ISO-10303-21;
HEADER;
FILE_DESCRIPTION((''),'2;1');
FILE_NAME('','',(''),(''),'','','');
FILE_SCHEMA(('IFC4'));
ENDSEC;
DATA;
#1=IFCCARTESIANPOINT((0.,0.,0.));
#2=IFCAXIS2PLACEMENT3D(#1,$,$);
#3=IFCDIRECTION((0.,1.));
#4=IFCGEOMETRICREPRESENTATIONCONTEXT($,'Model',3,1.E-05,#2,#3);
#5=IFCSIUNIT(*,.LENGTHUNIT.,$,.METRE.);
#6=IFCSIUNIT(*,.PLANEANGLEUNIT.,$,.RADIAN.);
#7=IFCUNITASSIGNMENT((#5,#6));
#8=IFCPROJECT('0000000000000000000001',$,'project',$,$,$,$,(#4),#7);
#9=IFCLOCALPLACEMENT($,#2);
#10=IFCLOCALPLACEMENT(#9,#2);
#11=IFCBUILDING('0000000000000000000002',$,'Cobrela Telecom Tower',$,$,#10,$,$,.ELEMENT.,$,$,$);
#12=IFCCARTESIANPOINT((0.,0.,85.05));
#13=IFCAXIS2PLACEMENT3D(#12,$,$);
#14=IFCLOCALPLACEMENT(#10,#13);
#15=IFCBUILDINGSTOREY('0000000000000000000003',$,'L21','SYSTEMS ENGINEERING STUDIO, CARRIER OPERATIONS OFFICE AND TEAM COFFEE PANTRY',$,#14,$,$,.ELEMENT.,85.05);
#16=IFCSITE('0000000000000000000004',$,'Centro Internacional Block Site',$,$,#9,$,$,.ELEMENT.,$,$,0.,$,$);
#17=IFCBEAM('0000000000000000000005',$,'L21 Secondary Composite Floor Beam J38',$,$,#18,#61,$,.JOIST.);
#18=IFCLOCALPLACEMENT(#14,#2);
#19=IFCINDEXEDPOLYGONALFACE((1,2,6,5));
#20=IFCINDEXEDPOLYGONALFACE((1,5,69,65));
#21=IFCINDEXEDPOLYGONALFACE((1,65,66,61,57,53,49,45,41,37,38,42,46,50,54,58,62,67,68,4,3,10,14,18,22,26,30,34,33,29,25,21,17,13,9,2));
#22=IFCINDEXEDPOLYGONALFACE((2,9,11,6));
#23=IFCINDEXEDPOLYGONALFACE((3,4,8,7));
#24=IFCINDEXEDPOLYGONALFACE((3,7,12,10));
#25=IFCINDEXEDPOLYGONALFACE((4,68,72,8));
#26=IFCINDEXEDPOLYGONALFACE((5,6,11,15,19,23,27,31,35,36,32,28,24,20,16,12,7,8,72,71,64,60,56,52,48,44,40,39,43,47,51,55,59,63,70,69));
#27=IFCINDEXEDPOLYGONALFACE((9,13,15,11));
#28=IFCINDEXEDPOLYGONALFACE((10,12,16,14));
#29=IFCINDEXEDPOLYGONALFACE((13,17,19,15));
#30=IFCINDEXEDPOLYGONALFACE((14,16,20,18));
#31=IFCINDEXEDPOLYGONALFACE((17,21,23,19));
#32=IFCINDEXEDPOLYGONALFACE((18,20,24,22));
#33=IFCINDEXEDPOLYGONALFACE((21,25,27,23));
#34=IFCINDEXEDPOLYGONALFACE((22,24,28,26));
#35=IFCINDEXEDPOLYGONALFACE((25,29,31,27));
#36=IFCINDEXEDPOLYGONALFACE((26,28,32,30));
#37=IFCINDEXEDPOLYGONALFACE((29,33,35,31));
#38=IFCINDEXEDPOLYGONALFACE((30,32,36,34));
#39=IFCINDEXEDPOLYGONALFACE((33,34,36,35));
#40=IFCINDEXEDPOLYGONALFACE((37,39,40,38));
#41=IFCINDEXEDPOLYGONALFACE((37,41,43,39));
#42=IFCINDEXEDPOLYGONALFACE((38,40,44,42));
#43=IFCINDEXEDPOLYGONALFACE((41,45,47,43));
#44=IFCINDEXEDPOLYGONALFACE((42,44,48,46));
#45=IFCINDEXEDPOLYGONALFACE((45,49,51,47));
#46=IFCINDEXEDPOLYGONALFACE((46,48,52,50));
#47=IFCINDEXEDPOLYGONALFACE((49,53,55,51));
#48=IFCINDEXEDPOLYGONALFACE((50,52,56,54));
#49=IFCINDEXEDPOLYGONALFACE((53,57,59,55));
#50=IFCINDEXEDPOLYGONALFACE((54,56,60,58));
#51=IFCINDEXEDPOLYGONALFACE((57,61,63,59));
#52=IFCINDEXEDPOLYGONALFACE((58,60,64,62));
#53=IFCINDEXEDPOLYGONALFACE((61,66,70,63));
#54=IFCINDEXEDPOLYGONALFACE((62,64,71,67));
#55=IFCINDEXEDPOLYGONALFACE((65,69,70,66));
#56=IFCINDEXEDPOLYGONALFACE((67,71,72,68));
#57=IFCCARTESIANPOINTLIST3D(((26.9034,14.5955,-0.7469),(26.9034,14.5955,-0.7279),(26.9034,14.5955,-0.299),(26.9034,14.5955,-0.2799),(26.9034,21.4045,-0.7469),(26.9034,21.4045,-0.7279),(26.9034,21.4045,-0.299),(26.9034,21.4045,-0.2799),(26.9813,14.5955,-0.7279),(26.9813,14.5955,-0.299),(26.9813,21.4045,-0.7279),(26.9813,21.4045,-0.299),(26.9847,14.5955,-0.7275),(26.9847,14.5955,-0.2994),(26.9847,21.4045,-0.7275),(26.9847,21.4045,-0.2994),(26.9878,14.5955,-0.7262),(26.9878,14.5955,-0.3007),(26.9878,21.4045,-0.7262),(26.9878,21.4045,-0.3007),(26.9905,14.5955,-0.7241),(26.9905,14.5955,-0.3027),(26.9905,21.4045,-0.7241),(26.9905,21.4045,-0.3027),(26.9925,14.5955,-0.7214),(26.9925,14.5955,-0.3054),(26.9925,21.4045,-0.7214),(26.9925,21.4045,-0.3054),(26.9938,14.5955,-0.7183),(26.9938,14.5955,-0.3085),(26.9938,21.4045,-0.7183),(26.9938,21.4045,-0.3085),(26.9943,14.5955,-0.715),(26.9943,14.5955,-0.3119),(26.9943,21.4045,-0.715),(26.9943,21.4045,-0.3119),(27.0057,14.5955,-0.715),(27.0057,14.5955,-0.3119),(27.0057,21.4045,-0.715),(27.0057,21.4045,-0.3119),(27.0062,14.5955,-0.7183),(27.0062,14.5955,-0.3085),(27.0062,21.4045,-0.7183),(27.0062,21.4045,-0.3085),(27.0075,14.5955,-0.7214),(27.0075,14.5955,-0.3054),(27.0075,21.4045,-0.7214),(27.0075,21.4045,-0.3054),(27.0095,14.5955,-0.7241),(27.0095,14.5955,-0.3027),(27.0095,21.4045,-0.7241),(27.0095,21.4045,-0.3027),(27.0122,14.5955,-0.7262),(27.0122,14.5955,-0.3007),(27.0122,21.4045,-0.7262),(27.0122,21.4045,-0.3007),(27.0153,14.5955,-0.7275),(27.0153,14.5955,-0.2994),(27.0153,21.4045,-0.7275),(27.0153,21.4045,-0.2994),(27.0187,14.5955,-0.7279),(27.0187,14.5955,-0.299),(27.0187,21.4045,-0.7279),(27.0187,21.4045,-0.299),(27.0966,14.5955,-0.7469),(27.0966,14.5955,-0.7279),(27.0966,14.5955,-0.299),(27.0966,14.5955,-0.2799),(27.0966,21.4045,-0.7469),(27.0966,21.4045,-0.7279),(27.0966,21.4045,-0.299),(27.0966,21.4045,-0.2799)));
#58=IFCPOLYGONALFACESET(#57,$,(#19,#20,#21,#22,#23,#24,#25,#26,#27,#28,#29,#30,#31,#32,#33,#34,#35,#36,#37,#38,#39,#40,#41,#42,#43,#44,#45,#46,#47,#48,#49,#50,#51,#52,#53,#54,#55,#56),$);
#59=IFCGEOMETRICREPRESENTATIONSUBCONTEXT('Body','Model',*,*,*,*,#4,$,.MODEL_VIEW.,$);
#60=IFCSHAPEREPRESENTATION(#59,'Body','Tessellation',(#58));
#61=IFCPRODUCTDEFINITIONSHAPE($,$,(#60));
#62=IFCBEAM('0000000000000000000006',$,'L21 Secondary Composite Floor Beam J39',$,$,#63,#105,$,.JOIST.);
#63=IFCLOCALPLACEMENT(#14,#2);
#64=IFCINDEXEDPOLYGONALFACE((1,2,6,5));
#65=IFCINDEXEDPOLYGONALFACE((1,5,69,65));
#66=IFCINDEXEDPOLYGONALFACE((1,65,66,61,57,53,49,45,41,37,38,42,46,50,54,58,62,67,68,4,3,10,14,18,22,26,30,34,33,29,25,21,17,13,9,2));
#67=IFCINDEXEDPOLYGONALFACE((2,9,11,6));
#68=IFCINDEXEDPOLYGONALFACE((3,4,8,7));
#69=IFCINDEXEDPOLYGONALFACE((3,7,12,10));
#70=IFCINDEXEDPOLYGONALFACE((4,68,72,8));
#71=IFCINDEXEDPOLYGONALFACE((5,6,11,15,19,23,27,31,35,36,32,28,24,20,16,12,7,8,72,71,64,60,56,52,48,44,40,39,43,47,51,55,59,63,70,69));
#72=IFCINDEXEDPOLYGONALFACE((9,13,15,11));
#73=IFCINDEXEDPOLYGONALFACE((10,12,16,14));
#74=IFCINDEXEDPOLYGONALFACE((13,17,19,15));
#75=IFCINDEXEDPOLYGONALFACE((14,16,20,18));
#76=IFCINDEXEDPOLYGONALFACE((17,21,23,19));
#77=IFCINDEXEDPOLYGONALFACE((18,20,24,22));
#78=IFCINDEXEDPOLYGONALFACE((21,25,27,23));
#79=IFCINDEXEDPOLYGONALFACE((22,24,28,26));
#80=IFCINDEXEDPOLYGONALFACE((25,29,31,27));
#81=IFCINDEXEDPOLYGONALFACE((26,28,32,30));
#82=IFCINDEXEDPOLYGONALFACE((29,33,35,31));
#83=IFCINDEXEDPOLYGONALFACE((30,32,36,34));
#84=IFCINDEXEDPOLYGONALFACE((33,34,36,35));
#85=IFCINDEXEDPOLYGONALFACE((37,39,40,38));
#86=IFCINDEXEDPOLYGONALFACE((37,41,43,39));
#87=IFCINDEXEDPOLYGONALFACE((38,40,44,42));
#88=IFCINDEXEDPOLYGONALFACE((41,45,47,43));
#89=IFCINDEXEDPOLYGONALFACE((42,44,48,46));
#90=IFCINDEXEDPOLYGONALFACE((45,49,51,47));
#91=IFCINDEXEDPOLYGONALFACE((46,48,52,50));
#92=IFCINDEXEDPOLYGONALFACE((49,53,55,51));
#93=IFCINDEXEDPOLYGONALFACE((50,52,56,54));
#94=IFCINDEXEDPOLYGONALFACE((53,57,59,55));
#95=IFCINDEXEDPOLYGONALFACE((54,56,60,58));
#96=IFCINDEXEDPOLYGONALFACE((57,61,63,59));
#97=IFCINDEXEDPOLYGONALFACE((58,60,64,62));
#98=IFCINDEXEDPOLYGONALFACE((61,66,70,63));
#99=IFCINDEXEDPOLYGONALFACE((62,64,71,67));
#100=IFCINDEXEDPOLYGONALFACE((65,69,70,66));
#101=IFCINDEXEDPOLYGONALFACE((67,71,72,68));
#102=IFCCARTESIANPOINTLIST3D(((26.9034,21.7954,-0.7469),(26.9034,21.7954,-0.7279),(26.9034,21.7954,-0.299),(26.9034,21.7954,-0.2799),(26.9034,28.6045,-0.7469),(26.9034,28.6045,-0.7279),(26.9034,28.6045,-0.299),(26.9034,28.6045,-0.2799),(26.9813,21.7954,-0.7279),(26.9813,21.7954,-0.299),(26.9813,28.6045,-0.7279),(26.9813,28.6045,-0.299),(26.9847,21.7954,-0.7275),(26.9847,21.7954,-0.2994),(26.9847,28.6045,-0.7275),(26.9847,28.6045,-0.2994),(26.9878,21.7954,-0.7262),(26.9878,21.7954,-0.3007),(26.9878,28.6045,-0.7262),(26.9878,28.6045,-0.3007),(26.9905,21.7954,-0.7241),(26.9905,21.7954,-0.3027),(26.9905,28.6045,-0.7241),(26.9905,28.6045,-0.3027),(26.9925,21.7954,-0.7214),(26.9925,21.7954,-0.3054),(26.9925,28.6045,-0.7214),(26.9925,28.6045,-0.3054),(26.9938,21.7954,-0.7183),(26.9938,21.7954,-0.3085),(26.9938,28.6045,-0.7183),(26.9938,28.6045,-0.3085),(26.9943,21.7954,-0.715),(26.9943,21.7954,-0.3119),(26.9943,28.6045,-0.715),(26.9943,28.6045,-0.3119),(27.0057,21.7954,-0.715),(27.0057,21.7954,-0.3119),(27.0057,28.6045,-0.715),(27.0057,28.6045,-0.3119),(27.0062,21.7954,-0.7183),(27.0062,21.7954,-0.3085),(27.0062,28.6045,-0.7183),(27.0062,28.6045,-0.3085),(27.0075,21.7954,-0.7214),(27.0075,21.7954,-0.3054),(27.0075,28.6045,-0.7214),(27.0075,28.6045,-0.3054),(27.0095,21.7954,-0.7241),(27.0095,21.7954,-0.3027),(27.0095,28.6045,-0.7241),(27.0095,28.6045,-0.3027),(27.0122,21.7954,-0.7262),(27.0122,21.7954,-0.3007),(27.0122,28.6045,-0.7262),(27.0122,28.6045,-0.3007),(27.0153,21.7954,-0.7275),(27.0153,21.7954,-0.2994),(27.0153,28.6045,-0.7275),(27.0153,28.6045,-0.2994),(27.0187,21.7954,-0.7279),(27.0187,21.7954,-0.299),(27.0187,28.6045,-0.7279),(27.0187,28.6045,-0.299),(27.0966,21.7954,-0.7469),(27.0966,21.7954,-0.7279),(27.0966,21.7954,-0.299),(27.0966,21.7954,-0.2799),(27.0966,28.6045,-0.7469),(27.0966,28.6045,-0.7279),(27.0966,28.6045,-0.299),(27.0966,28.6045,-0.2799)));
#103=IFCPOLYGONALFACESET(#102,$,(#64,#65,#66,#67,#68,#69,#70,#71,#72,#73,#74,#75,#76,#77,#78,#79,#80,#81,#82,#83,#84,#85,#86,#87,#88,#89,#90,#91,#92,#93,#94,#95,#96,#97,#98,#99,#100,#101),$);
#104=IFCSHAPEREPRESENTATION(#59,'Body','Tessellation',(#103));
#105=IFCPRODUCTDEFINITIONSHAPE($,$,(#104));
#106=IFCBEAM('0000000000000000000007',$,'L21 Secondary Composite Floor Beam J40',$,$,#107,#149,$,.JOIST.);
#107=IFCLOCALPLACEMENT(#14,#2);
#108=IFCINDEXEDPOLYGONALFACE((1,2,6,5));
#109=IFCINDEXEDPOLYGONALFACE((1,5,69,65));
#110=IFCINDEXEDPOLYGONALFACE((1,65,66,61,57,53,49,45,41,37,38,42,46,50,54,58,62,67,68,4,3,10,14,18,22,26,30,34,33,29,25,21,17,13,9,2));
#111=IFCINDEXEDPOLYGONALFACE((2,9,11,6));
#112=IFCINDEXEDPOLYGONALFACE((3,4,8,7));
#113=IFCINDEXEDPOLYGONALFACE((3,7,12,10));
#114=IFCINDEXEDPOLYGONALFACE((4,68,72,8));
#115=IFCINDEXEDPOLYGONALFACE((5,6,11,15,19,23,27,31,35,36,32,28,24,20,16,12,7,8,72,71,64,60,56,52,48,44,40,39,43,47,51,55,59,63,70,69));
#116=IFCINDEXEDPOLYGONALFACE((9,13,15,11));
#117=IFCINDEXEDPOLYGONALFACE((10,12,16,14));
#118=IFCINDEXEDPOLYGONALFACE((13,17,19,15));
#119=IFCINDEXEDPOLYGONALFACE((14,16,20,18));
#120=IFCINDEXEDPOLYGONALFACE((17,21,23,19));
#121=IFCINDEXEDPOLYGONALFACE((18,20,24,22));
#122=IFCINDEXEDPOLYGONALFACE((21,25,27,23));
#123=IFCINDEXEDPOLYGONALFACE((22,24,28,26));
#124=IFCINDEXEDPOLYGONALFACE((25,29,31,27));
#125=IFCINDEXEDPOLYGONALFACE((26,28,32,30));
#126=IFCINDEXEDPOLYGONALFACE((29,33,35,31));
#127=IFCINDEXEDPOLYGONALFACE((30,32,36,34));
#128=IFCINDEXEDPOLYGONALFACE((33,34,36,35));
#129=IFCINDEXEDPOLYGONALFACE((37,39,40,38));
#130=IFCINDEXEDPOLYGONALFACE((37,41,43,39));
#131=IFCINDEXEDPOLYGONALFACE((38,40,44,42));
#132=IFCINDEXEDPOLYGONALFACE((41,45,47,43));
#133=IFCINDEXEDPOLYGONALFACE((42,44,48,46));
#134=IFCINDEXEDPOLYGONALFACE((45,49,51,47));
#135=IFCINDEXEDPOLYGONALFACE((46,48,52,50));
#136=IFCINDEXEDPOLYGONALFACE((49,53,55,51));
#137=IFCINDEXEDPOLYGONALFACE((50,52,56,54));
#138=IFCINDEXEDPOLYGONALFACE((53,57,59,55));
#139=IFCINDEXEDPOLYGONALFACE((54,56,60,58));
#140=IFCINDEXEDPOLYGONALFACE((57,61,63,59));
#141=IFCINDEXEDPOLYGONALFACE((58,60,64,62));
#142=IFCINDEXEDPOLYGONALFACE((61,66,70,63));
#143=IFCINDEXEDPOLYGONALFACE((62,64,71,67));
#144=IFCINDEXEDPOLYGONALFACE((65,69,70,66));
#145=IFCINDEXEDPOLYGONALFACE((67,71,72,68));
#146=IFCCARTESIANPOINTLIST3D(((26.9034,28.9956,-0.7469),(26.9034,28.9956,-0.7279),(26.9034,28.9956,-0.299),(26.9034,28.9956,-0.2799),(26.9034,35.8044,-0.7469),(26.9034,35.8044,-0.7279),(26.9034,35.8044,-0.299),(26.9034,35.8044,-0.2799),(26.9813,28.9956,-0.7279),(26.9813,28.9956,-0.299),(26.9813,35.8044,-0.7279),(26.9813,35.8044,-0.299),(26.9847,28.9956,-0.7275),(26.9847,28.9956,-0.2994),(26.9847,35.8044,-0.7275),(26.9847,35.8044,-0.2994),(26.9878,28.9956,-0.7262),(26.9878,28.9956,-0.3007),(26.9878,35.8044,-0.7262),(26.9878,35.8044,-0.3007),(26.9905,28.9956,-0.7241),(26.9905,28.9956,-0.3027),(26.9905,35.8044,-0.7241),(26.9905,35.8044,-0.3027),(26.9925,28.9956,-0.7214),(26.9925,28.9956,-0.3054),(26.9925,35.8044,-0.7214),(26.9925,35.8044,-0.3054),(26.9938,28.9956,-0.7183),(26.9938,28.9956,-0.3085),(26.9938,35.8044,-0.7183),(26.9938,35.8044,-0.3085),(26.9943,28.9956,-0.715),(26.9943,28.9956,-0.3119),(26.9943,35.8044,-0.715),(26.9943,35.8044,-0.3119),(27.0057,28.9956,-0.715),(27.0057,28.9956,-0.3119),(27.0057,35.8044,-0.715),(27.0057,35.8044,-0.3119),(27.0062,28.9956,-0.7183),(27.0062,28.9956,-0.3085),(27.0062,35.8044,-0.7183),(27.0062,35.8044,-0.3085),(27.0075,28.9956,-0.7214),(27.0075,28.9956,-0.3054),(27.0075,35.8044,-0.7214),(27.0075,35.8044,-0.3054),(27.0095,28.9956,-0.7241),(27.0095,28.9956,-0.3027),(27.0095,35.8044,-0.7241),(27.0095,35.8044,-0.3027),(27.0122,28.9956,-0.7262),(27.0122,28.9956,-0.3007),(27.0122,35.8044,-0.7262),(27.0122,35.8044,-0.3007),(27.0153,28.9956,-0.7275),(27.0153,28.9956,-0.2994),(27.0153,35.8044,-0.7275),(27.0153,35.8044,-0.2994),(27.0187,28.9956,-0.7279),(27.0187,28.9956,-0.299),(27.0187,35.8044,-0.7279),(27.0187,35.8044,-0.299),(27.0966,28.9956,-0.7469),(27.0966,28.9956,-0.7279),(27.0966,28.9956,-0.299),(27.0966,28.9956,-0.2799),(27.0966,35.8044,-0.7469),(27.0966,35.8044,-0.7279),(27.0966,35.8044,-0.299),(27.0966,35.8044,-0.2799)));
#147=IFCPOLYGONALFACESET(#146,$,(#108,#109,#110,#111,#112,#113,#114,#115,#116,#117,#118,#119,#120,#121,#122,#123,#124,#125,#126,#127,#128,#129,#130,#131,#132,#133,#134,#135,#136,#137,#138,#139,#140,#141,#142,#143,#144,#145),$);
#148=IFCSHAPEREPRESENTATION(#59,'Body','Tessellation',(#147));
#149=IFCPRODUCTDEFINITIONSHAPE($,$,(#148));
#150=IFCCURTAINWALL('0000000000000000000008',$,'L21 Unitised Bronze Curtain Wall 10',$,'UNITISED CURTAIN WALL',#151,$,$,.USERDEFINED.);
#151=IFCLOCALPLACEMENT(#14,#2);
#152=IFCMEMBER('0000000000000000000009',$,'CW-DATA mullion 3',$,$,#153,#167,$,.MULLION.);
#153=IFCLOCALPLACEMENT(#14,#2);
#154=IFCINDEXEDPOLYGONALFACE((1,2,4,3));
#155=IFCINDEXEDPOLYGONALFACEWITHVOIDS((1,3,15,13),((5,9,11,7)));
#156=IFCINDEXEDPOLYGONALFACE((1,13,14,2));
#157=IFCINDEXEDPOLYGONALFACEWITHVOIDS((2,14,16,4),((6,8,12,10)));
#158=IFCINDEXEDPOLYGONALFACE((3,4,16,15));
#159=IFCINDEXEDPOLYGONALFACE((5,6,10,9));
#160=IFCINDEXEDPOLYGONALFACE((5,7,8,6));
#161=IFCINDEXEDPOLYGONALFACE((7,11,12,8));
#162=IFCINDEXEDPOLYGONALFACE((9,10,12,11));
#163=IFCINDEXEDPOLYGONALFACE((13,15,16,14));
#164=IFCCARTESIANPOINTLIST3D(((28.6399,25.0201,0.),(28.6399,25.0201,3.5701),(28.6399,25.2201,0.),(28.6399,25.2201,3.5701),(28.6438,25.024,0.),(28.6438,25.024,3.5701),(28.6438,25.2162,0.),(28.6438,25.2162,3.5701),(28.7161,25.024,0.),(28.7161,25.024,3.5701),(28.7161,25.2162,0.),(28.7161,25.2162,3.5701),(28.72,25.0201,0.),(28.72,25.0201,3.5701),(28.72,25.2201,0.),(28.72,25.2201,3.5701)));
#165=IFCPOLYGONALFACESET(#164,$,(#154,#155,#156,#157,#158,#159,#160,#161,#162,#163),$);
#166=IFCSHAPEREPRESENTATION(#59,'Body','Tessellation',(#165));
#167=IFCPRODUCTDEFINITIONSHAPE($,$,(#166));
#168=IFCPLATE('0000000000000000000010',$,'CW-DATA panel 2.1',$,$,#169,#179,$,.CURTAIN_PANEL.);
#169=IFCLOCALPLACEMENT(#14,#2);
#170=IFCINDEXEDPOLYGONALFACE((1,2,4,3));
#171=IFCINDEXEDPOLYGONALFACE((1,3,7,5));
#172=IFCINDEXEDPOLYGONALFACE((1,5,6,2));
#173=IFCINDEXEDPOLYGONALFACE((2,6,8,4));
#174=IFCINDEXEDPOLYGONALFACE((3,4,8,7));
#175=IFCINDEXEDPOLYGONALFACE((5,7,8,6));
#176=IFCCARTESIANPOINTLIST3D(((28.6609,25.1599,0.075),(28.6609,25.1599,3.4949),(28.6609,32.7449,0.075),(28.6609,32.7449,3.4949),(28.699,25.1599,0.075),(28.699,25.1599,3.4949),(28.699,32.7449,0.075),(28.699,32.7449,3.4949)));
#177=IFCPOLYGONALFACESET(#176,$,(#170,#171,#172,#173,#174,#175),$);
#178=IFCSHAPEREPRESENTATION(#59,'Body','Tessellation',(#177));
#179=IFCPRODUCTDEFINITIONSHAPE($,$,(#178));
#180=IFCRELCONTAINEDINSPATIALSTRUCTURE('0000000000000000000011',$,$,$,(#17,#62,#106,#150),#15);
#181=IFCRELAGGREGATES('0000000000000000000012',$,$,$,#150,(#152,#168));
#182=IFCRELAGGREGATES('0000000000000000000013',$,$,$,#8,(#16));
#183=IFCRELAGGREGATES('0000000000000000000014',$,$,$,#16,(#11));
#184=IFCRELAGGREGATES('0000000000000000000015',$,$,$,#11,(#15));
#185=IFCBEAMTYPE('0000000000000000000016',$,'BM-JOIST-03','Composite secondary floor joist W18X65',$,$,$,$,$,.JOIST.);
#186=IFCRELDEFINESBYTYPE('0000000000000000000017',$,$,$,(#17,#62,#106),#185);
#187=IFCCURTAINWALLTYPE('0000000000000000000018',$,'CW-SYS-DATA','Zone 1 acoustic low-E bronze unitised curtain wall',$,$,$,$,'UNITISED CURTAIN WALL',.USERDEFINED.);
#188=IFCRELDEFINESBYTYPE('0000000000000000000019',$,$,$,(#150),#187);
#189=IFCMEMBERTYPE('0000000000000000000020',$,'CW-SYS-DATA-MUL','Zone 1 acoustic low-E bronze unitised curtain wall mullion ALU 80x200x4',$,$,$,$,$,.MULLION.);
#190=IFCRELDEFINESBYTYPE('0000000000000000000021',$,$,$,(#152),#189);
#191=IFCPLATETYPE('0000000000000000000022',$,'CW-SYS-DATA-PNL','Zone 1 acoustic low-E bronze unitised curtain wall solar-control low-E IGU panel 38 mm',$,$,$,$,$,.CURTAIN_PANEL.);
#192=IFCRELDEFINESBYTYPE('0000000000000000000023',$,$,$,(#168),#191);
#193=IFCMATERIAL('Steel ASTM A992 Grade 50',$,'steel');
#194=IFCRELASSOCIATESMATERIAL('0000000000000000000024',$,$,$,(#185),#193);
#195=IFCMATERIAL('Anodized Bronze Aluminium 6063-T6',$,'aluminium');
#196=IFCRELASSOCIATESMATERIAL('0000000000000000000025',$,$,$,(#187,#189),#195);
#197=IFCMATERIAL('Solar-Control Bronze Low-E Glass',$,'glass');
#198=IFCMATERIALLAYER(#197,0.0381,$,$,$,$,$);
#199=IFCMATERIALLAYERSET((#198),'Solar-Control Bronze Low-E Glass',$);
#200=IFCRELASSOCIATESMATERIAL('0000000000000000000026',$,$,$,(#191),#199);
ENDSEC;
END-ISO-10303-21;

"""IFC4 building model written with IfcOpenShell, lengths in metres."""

from ifc_helpers import new_model, si_unit, direction, frame, origin, origin_2d, place, context, subcontext, project, spatial, rectangle, hollow_rectangle, i_section, extrude, material, layer, layer_set, material_profile, profile_set, type_object, element, aggregate, save


model = new_model("IFC4")

# Units and contexts
model_context = context("Model", 3, precision=1e-05, world=origin(), true_north=direction((0.0, 1.0)))
body_context = subcontext(model_context, "Body", "Model", "MODEL_VIEW")
ifc_project = project(units=[si_unit("LENGTHUNIT", "METRE"), si_unit("PLANEANGLEUNIT", "RADIAN")], contexts=[model_context])

# Site, building, storey
site_placement = place(None, origin())
site = spatial("IfcSite", under=ifc_project, at=site_placement, Name="Centro Internacional Block Site", CompositionType="ELEMENT", RefElevation=0.0)
building_placement = place(site_placement, origin())
building = spatial("IfcBuilding", under=site, at=building_placement, Name="Cobrela Telecom Tower", CompositionType="ELEMENT")
storey_placement = place(building_placement, frame((0.0, 0.0, 85.05)))
storey = spatial("IfcBuildingStorey", under=building, at=storey_placement, Name="L21", Description="SYSTEMS ENGINEERING STUDIO, CARRIER OPERATIONS OFFICE AND TEAM COFFEE PANTRY", CompositionType="ELEMENT", Elevation=85.05)

# Shared definitions
ifc_material_1 = material(Name="Steel ASTM A992 Grade 50", Category="steel")

# Beams
ifc_material_profile_1 = material_profile(ifc_material_1, i_section(OverallWidth=0.1931, OverallDepth=0.467, WebThickness=0.0115, FlangeThickness=0.019, FilletRadius=0.0129, at=origin_2d()), Name="W18X65")
ifc_profile_set_1 = profile_set([ifc_material_profile_1], Name="Steel ASTM A992 Grade 50")
beam_type_1 = type_object("IfcBeamType", Name="BM-JOIST-03", Description="Composite secondary floor joist W18X65", PredefinedType="JOIST", material=ifc_profile_set_1)
for number, where, z_axis, x_axis, name in (
    (1, (27.0, 14.5955, -0.5134), (0.0, 1.0, 0.0), (-1.0, 0.0, 0.0), "L21 Secondary Composite Floor Beam J38"),
    (2, (27.0, 21.7954, -0.5134), (0.0, 1.0, 0.0), (-1.0, 0.0, 0.0), "L21 Secondary Composite Floor Beam J39"),
):
    element("IfcBeam", number, at=place(storey_placement, frame(where, z_axis=z_axis, x_axis=x_axis)), inside=storey, type_object=beam_type_1, Name=name, PredefinedType="JOIST", context=body_context, shape_type="SweptSolid", body=[
        extrude(i_section(OverallWidth=0.1931, OverallDepth=0.467, WebThickness=0.0115, FlangeThickness=0.019, FilletRadius=0.0129, at=origin_2d()), origin(), (0.0, 0.0, 1.0), 6.8091),
    ])
beam_1_placement = place(storey_placement, frame((27.0, 28.9956, -0.5134), z_axis=(0.0, 1.0, 0.0), x_axis=(-1.0, 0.0, 0.0)))
element("IfcBeam", 3, at=beam_1_placement, inside=storey, type_object=beam_type_1, Name="L21 Secondary Composite Floor Beam J40", PredefinedType="JOIST", context=body_context, shape_type="SweptSolid", body=[
    extrude(i_section(OverallWidth=0.1931, OverallDepth=0.467, WebThickness=0.0115, FlangeThickness=0.019, FilletRadius=0.0129, at=origin_2d()), origin(), (0.0, 0.0, 1.0), 6.8088),
])

# Curtain wall, member, plate
ifc_material_2 = material(Name="Anodized Bronze Aluminium 6063-T6", Category="aluminium")
curtain_wall_type = type_object("IfcCurtainWallType", Name="CW-SYS-DATA", Description="Zone 1 acoustic low-E bronze unitised curtain wall", ElementType="UNITISED CURTAIN WALL", PredefinedType="USERDEFINED", material=ifc_material_2)
curtain_wall_placement = place(storey_placement, origin())
curtain_wall = element("IfcCurtainWall", 4, at=curtain_wall_placement, inside=storey, type_object=curtain_wall_type, Name="L21 Unitised Bronze Curtain Wall 10", ObjectType="UNITISED CURTAIN WALL", PredefinedType="USERDEFINED")
ifc_material_profile_2 = material_profile(ifc_material_2, hollow_rectangle(XDim=0.0801, YDim=0.2, WallThickness=0.0039, at=origin_2d()), Name="ALU 80x200x4")
ifc_profile_set_2 = profile_set([ifc_material_profile_2], Name="Anodized Bronze Aluminium 6063-T6")
member_type = type_object("IfcMemberType", Name="CW-SYS-DATA-MUL", Description="Zone 1 acoustic low-E bronze unitised curtain wall mullion ALU 80x200x4", PredefinedType="MULLION", material=ifc_profile_set_2)
member_placement = place(storey_placement, frame((28.6799, 25.1201, 0.0), z_axis=(0.0, 0.0, 1.0), x_axis=(1.0, 0.0, 0.0)))
member = element("IfcMember", 5, at=member_placement, type_object=member_type, Name="CW-DATA mullion 3", PredefinedType="MULLION", context=body_context, shape_type="SweptSolid", body=[
    extrude(hollow_rectangle(XDim=0.0801, YDim=0.2, WallThickness=0.0039, at=origin_2d()), origin(), (0.0, 0.0, 1.0), 3.5701),
])
ifc_material_3 = material(Name="Solar-Control Bronze Low-E Glass", Category="glass")
ifc_layer = layer(ifc_material_3, 0.0381)
ifc_layer_set = layer_set([ifc_layer], Name="Solar-Control Bronze Low-E Glass")
plate_type = type_object("IfcPlateType", Name="CW-SYS-DATA-PNL", Description="Zone 1 acoustic low-E bronze unitised curtain wall solar-control low-E IGU panel 38 mm", PredefinedType="CURTAIN_PANEL", material=ifc_layer_set)
plate_placement = place(storey_placement, frame((28.6799, 28.9524, 0.075), z_axis=(0.0, 0.0, 1.0), x_axis=(0.0, -1.0, 0.0)))
plate = element("IfcPlate", 6, at=plate_placement, type_object=plate_type, Name="CW-DATA panel 2.1", PredefinedType="CURTAIN_PANEL", context=body_context, shape_type="SweptSolid", body=[
    extrude(rectangle(XDim=7.585, YDim=0.0381, at=origin_2d()), origin(), (0.0, 0.0, 1.0), 3.4199),
])
aggregate(curtain_wall, [member, plate])

save(model, "model.ifc")
